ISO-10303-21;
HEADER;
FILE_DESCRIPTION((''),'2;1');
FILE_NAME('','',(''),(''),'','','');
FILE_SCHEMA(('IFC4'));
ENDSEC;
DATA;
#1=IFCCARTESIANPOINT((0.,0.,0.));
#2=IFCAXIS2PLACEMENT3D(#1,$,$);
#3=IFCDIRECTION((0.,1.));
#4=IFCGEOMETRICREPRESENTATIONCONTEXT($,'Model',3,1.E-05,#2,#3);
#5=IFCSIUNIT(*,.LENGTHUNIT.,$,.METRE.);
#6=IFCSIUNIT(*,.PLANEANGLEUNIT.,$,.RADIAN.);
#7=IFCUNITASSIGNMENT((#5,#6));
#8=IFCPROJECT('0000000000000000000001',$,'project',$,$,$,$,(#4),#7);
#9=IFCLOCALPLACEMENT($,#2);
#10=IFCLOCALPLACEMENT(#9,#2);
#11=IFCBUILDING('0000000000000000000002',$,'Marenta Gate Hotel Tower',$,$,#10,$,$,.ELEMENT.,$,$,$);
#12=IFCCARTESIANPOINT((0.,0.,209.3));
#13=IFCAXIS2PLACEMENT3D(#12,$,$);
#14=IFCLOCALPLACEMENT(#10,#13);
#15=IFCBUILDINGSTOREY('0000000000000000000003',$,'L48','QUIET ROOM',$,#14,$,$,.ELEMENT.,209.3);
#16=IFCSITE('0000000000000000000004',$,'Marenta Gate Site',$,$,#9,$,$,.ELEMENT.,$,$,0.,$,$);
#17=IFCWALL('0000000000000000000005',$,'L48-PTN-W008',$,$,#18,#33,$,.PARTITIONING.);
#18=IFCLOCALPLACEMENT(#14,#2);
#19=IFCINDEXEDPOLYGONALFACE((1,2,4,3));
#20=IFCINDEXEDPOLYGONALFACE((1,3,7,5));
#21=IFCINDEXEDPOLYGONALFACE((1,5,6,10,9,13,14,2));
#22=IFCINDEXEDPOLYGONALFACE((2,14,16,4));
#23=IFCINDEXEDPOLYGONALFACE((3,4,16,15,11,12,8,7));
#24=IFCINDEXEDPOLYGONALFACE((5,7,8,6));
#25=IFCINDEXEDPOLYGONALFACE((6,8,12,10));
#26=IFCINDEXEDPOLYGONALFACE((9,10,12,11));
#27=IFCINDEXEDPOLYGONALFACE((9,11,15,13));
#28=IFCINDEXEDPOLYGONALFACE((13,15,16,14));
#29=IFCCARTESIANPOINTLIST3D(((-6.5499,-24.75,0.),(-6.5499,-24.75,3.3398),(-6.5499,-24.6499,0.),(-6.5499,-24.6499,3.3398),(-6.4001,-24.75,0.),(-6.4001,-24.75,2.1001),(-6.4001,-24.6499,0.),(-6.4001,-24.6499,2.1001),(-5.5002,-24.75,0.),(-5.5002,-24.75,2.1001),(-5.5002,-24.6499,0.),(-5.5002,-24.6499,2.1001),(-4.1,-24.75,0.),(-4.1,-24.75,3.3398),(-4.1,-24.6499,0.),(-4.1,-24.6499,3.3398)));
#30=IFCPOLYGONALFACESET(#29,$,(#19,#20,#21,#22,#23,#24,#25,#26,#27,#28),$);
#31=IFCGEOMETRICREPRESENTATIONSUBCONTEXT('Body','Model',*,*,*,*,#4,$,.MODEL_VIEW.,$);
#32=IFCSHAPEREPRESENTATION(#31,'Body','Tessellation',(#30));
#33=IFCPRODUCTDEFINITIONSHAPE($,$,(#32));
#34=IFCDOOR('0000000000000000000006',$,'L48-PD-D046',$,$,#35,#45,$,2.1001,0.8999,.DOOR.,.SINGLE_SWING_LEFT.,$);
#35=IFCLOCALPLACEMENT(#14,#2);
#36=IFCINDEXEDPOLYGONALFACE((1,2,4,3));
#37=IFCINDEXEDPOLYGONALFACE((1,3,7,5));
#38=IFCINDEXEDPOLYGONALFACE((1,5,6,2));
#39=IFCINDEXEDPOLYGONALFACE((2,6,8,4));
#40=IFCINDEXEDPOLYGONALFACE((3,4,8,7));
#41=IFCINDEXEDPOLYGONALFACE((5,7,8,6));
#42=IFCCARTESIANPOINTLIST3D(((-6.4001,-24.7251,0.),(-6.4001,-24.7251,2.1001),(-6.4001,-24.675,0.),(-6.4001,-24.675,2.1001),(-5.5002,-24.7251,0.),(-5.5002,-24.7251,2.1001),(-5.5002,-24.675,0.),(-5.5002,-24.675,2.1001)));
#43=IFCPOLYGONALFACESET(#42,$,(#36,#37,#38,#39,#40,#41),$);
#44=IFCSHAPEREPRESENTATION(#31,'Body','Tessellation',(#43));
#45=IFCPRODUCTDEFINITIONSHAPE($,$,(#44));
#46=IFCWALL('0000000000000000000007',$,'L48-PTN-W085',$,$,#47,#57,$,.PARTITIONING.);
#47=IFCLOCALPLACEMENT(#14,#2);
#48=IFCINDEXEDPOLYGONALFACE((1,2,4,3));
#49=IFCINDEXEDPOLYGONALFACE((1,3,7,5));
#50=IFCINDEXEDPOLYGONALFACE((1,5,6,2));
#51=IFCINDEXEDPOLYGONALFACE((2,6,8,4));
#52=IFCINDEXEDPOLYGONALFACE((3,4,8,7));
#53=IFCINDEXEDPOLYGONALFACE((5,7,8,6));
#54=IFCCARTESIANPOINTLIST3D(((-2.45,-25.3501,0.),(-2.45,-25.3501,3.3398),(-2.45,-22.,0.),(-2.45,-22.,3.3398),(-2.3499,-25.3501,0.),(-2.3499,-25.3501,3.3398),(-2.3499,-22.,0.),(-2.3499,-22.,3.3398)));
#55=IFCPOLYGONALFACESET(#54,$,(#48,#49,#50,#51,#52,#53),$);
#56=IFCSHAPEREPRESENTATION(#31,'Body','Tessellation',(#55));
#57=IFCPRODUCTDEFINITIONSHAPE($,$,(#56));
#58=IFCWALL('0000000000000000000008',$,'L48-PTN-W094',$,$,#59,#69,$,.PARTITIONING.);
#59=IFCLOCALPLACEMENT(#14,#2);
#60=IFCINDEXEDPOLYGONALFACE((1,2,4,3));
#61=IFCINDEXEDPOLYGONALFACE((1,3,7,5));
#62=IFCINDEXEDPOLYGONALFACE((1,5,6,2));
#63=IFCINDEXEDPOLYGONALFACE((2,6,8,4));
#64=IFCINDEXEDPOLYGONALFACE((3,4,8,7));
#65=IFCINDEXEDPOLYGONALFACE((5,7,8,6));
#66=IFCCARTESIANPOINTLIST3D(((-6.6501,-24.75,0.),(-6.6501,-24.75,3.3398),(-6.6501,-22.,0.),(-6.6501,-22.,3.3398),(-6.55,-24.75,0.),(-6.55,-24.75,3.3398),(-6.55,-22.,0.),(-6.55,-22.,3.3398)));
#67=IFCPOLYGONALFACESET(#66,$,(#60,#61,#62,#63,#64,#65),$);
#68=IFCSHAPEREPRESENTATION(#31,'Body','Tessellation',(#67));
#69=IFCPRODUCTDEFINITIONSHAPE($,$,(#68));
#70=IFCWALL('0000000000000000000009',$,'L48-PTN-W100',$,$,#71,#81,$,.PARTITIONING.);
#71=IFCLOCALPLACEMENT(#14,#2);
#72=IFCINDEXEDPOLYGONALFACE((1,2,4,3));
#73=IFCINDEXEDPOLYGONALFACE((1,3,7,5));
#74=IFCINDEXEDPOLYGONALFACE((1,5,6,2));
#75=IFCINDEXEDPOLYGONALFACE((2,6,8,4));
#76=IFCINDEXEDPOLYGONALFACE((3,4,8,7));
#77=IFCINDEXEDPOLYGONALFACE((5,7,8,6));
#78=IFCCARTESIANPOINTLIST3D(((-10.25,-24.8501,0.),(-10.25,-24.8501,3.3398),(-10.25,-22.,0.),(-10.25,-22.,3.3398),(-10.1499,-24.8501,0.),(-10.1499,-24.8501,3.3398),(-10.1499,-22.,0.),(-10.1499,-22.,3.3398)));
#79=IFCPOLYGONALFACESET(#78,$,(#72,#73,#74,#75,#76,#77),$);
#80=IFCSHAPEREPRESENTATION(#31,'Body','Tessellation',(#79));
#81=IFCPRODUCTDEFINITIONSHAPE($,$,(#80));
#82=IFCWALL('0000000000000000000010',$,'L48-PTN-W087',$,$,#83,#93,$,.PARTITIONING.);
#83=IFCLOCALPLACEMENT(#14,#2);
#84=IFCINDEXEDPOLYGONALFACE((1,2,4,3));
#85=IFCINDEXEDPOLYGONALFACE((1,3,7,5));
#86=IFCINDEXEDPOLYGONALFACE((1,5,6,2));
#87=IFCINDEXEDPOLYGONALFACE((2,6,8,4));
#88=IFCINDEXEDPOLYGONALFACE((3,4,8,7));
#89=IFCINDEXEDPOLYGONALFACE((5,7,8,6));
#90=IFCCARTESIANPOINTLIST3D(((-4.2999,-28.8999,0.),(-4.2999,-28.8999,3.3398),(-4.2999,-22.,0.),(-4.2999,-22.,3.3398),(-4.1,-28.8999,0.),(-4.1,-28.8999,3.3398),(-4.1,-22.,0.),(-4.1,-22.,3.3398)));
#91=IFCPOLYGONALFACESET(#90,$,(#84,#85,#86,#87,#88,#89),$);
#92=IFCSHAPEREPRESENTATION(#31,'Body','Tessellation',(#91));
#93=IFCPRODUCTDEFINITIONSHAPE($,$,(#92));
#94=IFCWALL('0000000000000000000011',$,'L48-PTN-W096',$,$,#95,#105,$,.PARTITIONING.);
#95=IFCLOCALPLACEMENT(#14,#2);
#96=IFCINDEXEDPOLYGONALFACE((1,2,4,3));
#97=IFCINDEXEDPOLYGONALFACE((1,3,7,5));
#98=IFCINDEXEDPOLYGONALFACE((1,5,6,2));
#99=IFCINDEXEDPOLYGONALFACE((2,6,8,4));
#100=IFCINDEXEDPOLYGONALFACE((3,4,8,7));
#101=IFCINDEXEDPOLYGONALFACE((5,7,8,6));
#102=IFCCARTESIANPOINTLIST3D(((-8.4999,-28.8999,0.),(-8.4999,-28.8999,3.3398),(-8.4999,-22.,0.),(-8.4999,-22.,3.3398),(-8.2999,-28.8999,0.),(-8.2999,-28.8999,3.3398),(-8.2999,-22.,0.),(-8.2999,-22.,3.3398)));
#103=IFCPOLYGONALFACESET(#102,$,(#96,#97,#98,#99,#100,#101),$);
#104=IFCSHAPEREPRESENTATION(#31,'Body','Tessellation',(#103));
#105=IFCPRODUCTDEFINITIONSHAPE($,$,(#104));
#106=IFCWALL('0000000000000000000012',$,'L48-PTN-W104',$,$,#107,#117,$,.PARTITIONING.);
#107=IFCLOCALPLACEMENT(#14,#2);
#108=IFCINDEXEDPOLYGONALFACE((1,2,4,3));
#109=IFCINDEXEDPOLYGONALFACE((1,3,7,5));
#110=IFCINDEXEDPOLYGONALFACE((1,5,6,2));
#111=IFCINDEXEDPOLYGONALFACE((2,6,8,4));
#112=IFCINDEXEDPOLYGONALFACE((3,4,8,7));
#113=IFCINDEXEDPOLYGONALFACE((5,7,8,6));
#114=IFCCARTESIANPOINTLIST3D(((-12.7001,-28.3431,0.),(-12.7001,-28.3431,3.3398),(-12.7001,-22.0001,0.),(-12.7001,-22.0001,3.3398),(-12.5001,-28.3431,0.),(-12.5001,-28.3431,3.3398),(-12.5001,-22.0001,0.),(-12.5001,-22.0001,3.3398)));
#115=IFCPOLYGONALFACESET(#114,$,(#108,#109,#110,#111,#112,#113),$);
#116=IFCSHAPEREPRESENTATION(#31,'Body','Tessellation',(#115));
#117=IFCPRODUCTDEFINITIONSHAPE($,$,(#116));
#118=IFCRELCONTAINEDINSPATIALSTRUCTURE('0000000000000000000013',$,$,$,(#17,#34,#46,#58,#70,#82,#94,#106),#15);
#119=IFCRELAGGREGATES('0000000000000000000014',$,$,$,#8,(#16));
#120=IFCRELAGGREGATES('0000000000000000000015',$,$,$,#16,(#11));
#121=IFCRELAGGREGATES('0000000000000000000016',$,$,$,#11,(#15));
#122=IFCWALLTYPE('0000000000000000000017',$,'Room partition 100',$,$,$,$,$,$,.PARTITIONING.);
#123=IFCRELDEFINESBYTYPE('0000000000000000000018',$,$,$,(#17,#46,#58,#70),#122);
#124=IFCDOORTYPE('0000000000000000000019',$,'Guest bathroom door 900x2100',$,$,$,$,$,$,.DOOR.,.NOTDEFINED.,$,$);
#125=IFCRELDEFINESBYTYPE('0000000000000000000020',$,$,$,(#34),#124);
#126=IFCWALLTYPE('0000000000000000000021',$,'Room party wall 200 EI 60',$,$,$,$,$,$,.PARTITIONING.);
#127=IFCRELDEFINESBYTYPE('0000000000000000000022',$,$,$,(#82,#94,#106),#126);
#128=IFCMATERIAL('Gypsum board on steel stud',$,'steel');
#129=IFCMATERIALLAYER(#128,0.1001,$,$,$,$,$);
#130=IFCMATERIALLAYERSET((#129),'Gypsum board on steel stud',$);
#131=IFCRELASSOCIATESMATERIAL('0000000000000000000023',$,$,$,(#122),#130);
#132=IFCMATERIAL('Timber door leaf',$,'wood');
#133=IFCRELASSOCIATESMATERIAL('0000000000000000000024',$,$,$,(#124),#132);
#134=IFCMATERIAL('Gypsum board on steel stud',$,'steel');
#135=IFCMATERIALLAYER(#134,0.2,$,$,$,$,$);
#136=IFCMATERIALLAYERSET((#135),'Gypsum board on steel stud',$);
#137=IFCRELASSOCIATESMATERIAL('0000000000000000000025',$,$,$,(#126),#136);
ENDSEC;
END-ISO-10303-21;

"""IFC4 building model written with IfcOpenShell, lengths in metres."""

from ifc_helpers import new_model, si_unit, direction, frame, frame_2d, origin, place, context, subcontext, project, spatial, rectangle, extrude, material, layer, layer_set, type_object, element, fill, save


model = new_model("IFC4")

# Units and contexts
model_context = context("Model", 3, precision=1e-05, world=origin(), true_north=direction((0.0, 1.0)))
body_context = subcontext(model_context, "Body", "Model", "MODEL_VIEW")
ifc_project = project(units=[si_unit("LENGTHUNIT", "METRE"), si_unit("PLANEANGLEUNIT", "RADIAN")], contexts=[model_context])

# Site, building, storey
site_placement = place(None, origin())
site = spatial("IfcSite", under=ifc_project, at=site_placement, Name="Marenta Gate Site", CompositionType="ELEMENT", RefElevation=0.0)
building_placement = place(site_placement, origin())
building = spatial("IfcBuilding", under=site, at=building_placement, Name="Marenta Gate Hotel Tower", CompositionType="ELEMENT")
storey_placement = place(building_placement, frame((0.0, 0.0, 209.3)))
storey = spatial("IfcBuildingStorey", under=building, at=storey_placement, Name="L48", Description="QUIET ROOM", CompositionType="ELEMENT", Elevation=209.3)

# Wall, opening, door
ifc_material_1 = material(Name="Gypsum board on steel stud", Category="steel")
ifc_layer_1 = layer(ifc_material_1, 0.1001)
ifc_layer_set_1 = layer_set([ifc_layer_1], Name="Gypsum board on steel stud")
wall_type_1 = type_object("IfcWallType", Name="Room partition 100", PredefinedType="PARTITIONING", material=ifc_layer_set_1)
ifc_material_2 = material(Name="Timber door leaf", Category="wood")
door_type = type_object("IfcDoorType", Name="Guest bathroom door 900x2100", OperationType="NOTDEFINED", PredefinedType="DOOR", material=ifc_material_2)
wall_1_placement = place(storey_placement, frame((-6.55, -24.7, 0.0), z_axis=(0.0, 0.0, 1.0), x_axis=(1.0, 0.0, 0.0)))
wall_1 = element("IfcWall", 1, at=wall_1_placement, inside=storey, type_object=wall_type_1, Name="L48-PTN-W008", PredefinedType="PARTITIONING", context=body_context, shape_type="SweptSolid", body=[
    extrude(rectangle(XDim=2.45, YDim=0.1001, at=frame_2d((1.2251, 0.0))), origin(), (0.0, 0.0, 1.0), 3.3398),
])
opening_1_placement = place(wall_1_placement, frame((0.1499, 0.0, 0.0)))
opening_1 = element("IfcOpeningElement", 2, at=opening_1_placement, cuts=wall_1, PredefinedType="OPENING", context=body_context, shape_type="SweptSolid", body=[
    extrude(rectangle(XDim=0.8999, YDim=2.1001, at=frame_2d((0.45, 1.05))), frame((0.0, 0.05, 0.0), z_axis=(0.0, -1.0, 0.0), x_axis=(1.0, 0.0, 0.0)), (0.0, 0.0, 1.0), 0.1001),
])
door_1_placement = place(opening_1_placement, origin())
door_1 = element("IfcDoor", 3, at=door_1_placement, inside=storey, type_object=door_type, Name="L48-PD-D046", OperationType="SINGLE_SWING_LEFT", OverallHeight=2.1001, OverallWidth=0.8999, PredefinedType="DOOR", context=body_context, shape_type="SweptSolid", body=[
    extrude(rectangle(XDim=0.8999, YDim=2.1001, at=frame_2d((0.45, 1.05))), frame((0.0, 0.0249, 0.0), z_axis=(0.0, -1.0, 0.0), x_axis=(1.0, 0.0, 0.0)), (0.0, 0.0, 1.0), 0.05),
])
fill(opening_1, door_1)

# Walls
wall_2_placement = place(storey_placement, frame((-2.3999, -25.3501, 0.0), z_axis=(0.0, 0.0, 1.0), x_axis=(0.0, 1.0, 0.0)))
element("IfcWall", 4, at=wall_2_placement, inside=storey, type_object=wall_type_1, Name="L48-PTN-W085", PredefinedType="PARTITIONING", context=body_context, shape_type="SweptSolid", body=[
    extrude(rectangle(XDim=3.3501, YDim=0.1001, at=frame_2d((1.675, 0.0))), origin(), (0.0, 0.0, 1.0), 3.3398),
])
wall_3_placement = place(storey_placement, frame((-6.6001, -24.75, 0.0), z_axis=(0.0, 0.0, 1.0), x_axis=(0.0, 1.0, 0.0)))
element("IfcWall", 5, at=wall_3_placement, inside=storey, type_object=wall_type_1, Name="L48-PTN-W094", PredefinedType="PARTITIONING", context=body_context, shape_type="SweptSolid", body=[
    extrude(rectangle(XDim=2.75, YDim=0.1001, at=frame_2d((1.375, 0.0))), origin(), (0.0, 0.0, 1.0), 3.3398),
])
wall_4_placement = place(storey_placement, frame((-10.2, -24.8501, 0.0), z_axis=(0.0, 0.0, 1.0), x_axis=(0.0, 1.0, 0.0)))
element("IfcWall", 6, at=wall_4_placement, inside=storey, type_object=wall_type_1, Name="L48-PTN-W100", PredefinedType="PARTITIONING", context=body_context, shape_type="SweptSolid", body=[
    extrude(rectangle(XDim=2.8501, YDim=0.1001, at=frame_2d((1.425, 0.0))), origin(), (0.0, 0.0, 1.0), 3.3398),
])
ifc_material_3 = material(Name="Gypsum board on steel stud", Category="steel")
ifc_layer_2 = layer(ifc_material_3, 0.2)
ifc_layer_set_2 = layer_set([ifc_layer_2], Name="Gypsum board on steel stud")
wall_type_2 = type_object("IfcWallType", Name="Room party wall 200 EI 60", PredefinedType="PARTITIONING", material=ifc_layer_set_2)
for number, where, z_axis, x_axis, name in (
    (7, (-4.2, -28.8999, 0.0), (0.0, 0.0, 1.0), (0.0, 1.0, 0.0), "L48-PTN-W087"),
    (8, (-8.3999, -28.8999, 0.0), (0.0, 0.0, 1.0), (0.0, 1.0, 0.0), "L48-PTN-W096"),
):
    element("IfcWall", number, at=place(storey_placement, frame(where, z_axis=z_axis, x_axis=x_axis)), inside=storey, type_object=wall_type_2, Name=name, PredefinedType="PARTITIONING", context=body_context, shape_type="SweptSolid", body=[
        extrude(rectangle(XDim=6.8999, YDim=0.2, at=frame_2d((3.45, 0.0))), origin(), (0.0, 0.0, 1.0), 3.3398),
    ])
wall_5_placement = place(storey_placement, frame((-12.6001, -28.343, 0.0), z_axis=(0.0, 0.0, 1.0), x_axis=(0.0, 1.0, 0.0)))
element("IfcWall", 9, at=wall_5_placement, inside=storey, type_object=wall_type_2, Name="L48-PTN-W104", PredefinedType="PARTITIONING", context=body_context, shape_type="SweptSolid", body=[
    extrude(rectangle(XDim=6.343, YDim=0.2, at=frame_2d((3.1714, 0.0))), origin(), (0.0, 0.0, 1.0), 3.3398),
])

save(model, "model.ifc")
